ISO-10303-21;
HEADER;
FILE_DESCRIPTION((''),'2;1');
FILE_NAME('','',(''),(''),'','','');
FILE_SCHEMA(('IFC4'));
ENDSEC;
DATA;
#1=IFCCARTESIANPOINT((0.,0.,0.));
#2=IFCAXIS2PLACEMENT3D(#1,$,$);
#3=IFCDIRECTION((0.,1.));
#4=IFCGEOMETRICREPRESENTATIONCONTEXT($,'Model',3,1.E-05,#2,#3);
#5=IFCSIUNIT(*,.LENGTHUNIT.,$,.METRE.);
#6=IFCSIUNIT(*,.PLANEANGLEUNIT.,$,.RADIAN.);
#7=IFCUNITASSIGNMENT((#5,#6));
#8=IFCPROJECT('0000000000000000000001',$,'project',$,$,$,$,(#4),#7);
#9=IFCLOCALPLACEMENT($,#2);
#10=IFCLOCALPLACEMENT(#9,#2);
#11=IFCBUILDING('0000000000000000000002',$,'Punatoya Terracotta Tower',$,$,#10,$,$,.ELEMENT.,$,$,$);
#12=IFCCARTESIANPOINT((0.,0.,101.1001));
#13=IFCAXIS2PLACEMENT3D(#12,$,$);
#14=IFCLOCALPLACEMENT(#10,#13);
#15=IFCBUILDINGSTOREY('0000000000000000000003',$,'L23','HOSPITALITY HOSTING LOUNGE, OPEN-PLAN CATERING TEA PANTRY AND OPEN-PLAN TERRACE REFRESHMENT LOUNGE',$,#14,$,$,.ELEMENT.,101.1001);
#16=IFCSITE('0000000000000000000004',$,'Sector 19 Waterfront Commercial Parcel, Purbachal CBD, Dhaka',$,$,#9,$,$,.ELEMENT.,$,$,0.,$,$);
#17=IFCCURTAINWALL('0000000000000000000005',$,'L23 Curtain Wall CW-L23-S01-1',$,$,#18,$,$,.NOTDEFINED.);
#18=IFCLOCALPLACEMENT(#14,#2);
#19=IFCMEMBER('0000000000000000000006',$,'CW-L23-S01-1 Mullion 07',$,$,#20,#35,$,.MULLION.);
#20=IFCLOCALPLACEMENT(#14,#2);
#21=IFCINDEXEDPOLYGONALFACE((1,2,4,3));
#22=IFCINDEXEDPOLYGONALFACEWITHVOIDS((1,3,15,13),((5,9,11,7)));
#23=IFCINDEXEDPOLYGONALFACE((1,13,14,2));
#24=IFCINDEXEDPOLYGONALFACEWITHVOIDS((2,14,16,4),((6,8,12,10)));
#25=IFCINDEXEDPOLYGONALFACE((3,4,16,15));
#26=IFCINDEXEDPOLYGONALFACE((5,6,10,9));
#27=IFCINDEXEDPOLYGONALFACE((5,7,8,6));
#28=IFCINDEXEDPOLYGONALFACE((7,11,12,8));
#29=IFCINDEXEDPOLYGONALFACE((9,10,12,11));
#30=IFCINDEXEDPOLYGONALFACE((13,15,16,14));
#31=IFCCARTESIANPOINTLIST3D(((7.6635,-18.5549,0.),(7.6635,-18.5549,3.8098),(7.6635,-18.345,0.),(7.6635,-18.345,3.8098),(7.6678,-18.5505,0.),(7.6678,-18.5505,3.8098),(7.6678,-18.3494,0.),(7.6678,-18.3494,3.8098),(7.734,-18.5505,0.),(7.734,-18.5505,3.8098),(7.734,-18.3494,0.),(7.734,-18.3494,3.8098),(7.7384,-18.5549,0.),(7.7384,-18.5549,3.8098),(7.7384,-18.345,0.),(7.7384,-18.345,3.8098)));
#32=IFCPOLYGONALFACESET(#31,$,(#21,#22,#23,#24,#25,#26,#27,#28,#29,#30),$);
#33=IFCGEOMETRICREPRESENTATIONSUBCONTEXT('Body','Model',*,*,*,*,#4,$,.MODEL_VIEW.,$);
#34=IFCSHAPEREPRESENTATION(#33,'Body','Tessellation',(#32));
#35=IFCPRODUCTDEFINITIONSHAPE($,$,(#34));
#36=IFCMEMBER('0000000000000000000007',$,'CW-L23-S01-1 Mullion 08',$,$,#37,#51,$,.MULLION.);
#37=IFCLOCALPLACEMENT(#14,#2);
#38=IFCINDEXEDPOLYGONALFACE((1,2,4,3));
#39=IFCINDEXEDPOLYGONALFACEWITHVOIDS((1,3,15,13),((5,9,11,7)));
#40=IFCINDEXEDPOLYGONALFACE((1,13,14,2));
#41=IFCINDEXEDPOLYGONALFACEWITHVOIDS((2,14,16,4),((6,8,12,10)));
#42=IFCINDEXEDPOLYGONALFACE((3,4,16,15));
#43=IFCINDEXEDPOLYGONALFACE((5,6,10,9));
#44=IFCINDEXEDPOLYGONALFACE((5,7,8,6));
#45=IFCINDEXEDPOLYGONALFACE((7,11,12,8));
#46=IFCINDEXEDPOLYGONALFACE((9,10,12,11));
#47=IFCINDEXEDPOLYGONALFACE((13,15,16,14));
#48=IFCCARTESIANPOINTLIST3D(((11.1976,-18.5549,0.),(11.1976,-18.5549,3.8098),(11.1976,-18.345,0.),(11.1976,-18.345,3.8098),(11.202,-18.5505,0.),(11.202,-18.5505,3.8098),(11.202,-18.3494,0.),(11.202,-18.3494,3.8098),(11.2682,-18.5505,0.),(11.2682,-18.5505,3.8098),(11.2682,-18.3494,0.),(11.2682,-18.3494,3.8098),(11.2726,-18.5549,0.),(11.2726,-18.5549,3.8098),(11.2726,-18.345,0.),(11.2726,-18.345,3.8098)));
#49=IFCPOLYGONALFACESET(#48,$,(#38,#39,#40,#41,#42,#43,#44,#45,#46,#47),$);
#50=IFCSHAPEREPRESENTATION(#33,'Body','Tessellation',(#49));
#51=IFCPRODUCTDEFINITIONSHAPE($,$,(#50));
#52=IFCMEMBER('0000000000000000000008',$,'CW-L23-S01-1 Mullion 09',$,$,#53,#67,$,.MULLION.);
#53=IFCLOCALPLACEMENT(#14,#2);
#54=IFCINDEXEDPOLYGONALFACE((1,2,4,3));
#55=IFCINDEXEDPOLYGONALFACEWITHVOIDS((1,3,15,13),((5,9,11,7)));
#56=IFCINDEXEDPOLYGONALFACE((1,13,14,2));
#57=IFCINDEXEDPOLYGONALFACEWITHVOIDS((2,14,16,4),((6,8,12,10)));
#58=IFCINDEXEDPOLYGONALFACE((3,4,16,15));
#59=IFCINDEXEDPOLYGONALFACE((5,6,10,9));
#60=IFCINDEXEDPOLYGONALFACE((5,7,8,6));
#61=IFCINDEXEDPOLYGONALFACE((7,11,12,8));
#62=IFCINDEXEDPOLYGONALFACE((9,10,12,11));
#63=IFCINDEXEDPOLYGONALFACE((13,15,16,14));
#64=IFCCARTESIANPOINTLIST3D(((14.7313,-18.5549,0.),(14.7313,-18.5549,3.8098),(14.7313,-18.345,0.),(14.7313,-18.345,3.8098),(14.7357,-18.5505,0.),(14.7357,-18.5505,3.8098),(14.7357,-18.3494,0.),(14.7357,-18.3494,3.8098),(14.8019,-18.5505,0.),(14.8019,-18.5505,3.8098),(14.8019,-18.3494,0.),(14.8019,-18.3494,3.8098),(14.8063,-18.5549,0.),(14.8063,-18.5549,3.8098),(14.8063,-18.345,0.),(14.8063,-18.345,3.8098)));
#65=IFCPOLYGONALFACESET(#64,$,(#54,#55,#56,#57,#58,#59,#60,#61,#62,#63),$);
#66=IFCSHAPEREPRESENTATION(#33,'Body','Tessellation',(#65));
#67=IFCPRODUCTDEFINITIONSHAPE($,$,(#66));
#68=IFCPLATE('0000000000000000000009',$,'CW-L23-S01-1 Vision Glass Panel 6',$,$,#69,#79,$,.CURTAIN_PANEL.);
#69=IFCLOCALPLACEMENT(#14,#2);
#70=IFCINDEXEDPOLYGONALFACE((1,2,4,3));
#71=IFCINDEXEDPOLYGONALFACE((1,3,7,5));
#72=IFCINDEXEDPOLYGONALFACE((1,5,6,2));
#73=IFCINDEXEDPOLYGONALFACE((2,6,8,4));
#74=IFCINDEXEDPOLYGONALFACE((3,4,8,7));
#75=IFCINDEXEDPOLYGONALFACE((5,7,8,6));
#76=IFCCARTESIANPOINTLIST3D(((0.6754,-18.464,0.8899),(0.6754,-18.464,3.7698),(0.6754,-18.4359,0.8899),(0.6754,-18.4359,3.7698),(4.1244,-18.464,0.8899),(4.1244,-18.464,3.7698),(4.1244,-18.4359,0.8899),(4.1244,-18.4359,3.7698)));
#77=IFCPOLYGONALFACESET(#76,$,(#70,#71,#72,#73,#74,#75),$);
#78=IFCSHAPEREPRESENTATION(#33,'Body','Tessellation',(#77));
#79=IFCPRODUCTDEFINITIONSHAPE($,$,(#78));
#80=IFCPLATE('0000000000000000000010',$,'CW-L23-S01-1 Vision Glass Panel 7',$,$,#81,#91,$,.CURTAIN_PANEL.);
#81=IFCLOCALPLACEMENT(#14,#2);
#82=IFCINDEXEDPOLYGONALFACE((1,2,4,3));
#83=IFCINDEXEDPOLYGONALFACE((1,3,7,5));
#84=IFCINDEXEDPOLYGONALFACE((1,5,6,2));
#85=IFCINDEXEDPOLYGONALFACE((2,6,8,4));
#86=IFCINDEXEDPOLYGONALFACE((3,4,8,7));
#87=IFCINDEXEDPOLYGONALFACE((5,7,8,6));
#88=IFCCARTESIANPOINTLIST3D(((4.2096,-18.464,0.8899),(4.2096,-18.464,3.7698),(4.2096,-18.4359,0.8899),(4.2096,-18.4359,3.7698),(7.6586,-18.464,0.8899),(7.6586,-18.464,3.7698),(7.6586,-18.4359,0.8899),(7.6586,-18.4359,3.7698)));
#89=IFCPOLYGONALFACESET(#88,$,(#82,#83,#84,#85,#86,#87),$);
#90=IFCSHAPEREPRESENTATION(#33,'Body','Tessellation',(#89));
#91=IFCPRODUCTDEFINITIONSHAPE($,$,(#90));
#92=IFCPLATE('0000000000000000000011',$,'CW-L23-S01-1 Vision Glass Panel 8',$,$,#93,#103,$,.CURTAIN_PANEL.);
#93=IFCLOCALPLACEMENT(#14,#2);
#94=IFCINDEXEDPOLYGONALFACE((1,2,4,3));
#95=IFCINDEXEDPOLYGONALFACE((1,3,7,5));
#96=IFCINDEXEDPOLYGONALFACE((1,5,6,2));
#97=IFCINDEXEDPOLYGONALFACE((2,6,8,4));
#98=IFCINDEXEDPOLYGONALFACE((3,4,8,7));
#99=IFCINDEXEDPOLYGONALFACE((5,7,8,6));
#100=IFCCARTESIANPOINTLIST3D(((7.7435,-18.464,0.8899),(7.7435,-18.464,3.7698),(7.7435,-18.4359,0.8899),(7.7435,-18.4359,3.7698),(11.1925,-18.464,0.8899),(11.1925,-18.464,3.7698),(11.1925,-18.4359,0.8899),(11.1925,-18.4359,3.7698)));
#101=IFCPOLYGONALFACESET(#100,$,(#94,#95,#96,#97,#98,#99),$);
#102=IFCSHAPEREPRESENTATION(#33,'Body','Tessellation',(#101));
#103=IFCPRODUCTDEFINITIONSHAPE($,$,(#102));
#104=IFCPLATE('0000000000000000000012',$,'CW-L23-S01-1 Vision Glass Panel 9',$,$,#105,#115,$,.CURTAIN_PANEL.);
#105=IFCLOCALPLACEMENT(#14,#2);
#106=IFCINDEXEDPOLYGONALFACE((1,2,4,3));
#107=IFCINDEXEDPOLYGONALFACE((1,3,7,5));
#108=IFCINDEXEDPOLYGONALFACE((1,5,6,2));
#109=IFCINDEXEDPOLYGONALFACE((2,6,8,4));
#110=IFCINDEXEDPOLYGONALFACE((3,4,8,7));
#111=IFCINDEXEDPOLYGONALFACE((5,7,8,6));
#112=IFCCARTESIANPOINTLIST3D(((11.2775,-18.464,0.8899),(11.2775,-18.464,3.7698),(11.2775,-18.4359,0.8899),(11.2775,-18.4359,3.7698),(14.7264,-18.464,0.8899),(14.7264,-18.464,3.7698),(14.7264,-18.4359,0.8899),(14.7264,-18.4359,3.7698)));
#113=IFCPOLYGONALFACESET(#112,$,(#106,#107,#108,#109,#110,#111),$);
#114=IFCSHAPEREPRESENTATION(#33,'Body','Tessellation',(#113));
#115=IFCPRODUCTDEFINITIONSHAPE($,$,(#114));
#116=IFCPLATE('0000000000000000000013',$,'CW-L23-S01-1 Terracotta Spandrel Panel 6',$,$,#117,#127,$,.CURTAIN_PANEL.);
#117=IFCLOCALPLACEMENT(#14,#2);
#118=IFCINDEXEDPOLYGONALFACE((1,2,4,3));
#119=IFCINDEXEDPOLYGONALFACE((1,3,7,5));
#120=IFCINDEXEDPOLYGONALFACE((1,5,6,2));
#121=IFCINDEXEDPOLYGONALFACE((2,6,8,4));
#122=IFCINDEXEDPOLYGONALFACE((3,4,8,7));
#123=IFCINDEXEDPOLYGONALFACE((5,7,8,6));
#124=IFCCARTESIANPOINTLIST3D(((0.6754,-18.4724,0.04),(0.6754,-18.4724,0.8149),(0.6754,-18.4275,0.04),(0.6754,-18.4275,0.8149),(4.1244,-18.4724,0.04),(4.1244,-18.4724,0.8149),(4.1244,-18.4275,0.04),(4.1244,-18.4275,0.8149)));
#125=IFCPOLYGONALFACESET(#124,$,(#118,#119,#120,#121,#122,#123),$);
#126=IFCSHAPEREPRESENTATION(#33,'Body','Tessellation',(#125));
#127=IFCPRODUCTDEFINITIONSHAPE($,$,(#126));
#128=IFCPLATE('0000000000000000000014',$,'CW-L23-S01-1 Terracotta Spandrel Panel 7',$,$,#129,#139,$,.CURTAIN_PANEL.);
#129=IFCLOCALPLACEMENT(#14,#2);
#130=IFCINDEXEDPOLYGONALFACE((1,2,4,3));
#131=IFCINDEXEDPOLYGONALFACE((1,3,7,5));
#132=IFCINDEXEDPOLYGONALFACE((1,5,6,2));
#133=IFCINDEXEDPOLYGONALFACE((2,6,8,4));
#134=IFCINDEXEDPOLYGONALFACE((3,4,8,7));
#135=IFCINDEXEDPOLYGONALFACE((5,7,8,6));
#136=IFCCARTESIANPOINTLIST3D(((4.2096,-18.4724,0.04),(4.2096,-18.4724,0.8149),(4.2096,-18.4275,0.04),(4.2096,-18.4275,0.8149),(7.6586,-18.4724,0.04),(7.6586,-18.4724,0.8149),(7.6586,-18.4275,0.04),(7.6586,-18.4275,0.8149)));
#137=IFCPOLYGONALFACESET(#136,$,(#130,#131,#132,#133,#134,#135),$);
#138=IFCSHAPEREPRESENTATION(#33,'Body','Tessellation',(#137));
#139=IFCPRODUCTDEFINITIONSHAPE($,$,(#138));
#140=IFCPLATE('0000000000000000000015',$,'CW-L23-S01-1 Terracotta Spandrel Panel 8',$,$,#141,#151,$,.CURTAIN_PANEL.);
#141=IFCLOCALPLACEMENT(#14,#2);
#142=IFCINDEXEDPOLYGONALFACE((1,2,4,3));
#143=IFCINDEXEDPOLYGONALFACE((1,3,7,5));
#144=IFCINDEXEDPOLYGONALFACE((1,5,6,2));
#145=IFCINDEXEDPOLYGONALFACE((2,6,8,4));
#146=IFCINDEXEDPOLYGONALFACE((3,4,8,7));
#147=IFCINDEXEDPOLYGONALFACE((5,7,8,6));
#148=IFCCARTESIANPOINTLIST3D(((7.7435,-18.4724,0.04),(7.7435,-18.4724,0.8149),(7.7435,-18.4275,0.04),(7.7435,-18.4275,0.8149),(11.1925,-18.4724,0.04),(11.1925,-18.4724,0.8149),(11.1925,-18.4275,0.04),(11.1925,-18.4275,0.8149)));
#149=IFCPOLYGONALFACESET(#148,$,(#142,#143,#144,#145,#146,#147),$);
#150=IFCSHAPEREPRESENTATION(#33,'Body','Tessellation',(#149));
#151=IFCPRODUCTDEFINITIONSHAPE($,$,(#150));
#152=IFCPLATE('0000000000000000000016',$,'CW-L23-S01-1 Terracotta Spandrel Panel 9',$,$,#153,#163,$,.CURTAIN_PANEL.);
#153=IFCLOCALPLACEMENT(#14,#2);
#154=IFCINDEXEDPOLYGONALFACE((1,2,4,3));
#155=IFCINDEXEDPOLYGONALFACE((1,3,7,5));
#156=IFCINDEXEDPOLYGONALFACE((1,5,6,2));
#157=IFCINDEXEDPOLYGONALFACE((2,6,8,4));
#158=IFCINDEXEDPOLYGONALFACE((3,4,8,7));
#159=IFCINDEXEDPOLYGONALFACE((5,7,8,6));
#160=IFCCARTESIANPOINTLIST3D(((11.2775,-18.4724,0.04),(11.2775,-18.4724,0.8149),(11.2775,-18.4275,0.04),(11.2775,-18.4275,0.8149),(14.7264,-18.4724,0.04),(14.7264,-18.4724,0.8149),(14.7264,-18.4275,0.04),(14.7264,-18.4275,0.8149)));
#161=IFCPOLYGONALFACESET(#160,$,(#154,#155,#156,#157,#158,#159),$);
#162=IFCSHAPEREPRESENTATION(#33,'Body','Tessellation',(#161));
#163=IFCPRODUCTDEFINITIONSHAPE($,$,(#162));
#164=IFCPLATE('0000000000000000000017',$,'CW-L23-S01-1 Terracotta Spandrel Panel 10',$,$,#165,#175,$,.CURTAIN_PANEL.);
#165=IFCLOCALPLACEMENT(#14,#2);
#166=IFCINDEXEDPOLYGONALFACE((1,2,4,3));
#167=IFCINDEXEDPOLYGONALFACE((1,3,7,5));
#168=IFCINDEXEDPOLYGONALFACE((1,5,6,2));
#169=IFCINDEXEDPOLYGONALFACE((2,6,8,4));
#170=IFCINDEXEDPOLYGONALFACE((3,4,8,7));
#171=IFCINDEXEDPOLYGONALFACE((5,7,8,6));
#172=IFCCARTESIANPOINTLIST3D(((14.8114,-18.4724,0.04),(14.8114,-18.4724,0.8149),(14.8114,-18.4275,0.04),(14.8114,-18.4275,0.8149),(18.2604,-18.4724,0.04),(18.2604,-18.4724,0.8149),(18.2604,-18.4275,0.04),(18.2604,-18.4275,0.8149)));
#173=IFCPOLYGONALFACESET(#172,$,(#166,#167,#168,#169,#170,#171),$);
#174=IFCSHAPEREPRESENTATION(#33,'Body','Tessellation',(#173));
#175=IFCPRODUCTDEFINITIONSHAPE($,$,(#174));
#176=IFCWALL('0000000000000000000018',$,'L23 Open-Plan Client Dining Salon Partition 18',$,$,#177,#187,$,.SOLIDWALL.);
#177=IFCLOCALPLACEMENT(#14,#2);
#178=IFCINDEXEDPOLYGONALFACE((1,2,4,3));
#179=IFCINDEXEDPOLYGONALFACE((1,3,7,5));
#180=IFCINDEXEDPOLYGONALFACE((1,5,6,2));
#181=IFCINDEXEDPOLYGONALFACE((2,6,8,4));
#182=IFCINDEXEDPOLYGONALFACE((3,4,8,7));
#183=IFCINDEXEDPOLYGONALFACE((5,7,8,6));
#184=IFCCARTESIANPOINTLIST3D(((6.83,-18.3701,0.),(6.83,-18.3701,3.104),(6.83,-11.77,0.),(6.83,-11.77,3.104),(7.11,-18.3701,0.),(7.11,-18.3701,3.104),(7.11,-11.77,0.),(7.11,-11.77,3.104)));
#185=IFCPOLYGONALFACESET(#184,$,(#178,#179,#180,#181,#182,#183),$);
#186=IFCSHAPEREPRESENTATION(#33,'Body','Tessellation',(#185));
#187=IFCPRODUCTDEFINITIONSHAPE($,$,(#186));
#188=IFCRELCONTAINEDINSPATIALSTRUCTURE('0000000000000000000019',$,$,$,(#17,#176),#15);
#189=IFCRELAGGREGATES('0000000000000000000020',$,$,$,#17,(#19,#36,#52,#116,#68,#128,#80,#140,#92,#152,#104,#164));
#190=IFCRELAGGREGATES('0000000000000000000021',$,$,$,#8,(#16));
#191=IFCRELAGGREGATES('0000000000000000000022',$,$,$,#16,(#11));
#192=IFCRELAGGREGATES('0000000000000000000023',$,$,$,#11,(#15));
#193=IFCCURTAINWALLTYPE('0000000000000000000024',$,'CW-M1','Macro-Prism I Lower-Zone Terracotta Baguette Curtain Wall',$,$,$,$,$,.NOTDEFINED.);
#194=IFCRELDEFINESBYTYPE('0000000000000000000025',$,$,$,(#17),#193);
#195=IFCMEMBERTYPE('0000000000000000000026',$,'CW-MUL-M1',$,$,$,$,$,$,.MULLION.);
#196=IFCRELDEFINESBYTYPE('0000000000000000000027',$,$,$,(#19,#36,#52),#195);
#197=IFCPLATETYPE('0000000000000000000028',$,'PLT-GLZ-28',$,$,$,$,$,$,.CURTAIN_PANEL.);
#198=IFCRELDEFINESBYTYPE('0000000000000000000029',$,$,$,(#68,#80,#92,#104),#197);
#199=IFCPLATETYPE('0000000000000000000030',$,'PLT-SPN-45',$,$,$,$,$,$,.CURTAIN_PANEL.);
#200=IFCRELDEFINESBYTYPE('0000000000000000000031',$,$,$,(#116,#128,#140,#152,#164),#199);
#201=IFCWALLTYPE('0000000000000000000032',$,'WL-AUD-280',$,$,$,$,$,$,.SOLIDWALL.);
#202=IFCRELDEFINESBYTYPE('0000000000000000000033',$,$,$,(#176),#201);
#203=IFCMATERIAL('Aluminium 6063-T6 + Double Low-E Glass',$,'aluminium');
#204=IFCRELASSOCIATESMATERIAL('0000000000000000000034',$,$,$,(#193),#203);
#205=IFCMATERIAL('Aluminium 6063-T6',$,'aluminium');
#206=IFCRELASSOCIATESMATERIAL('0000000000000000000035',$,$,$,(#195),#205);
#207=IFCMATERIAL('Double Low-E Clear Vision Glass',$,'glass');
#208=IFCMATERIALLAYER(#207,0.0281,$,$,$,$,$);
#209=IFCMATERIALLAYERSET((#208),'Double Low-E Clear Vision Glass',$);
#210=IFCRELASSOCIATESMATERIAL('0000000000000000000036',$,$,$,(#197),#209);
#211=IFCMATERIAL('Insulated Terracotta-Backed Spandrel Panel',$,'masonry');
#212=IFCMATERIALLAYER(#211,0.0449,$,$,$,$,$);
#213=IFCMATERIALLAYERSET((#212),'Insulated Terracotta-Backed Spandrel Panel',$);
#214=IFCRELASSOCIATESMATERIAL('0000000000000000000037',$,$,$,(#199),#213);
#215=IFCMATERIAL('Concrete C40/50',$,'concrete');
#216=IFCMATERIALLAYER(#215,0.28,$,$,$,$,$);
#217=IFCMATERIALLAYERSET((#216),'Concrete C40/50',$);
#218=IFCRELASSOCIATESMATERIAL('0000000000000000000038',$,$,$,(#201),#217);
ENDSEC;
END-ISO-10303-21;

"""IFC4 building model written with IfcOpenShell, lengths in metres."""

from ifc_helpers import new_model, si_unit, direction, frame, frame_2d, origin, origin_2d, place, context, subcontext, project, spatial, rectangle, hollow_rectangle, extrude, material, layer, layer_set, material_profile, profile_set, type_object, element, aggregate, save


model = new_model("IFC4")

# Units and contexts
model_context = context("Model", 3, precision=1e-05, world=origin(), true_north=direction((0.0, 1.0)))
body_context = subcontext(model_context, "Body", "Model", "MODEL_VIEW")
ifc_project = project(units=[si_unit("LENGTHUNIT", "METRE"), si_unit("PLANEANGLEUNIT", "RADIAN")], contexts=[model_context])

# Site, building, storey
site_placement = place(None, origin())
site = spatial("IfcSite", under=ifc_project, at=site_placement, Name="Sector 19 Waterfront Commercial Parcel, Purbachal CBD, Dhaka", CompositionType="ELEMENT", RefElevation=0.0)
building_placement = place(site_placement, origin())
building = spatial("IfcBuilding", under=site, at=building_placement, Name="Punatoya Terracotta Tower", CompositionType="ELEMENT")
storey_placement = place(building_placement, frame((0.0, 0.0, 101.1001)))
storey = spatial("IfcBuildingStorey", under=building, at=storey_placement, Name="L23", Description="HOSPITALITY HOSTING LOUNGE, OPEN-PLAN CATERING TEA PANTRY AND OPEN-PLAN TERRACE REFRESHMENT LOUNGE", CompositionType="ELEMENT", Elevation=101.1001)

# Curtain wall, members, plates
ifc_material_1 = material(Name="Aluminium 6063-T6 + Double Low-E Glass", Category="aluminium")
curtain_wall_type = type_object("IfcCurtainWallType", Name="CW-M1", Description="Macro-Prism I Lower-Zone Terracotta Baguette Curtain Wall", PredefinedType="NOTDEFINED", material=ifc_material_1)
curtain_wall_placement = place(storey_placement, origin())
curtain_wall = element("IfcCurtainWall", 1, at=curtain_wall_placement, inside=storey, type_object=curtain_wall_type, Name="L23 Curtain Wall CW-L23-S01-1", PredefinedType="NOTDEFINED")
ifc_material_2 = material(Name="Aluminium 6063-T6", Category="aluminium")
ifc_material_profile_1 = material_profile(ifc_material_2, hollow_rectangle(XDim=0.075, YDim=0.21, WallThickness=0.0044, at=origin_2d()))
ifc_profile_set_1 = profile_set([ifc_material_profile_1], Name="Aluminium 6063-T6")
member_type = type_object("IfcMemberType", Name="CW-MUL-M1", PredefinedType="MULLION", material=ifc_profile_set_1)
member_1_placement = place(storey_placement, frame((7.7009, -18.45, 0.0), z_axis=(0.0, 0.0, 1.0), x_axis=(1.0, 0.0, 0.0)))
member_1 = element("IfcMember", 2, at=member_1_placement, type_object=member_type, Name="CW-L23-S01-1 Mullion 07", PredefinedType="MULLION", context=body_context, shape_type="SweptSolid", body=[
    extrude(hollow_rectangle(XDim=0.075, YDim=0.21, WallThickness=0.0044, at=origin_2d()), origin(), (0.0, 0.0, 1.0), 3.8098),
])
member_2_placement = place(storey_placement, frame((11.2351, -18.45, 0.0), z_axis=(0.0, 0.0, 1.0), x_axis=(1.0, 0.0, 0.0)))
member_2 = element("IfcMember", 3, at=member_2_placement, type_object=member_type, Name="CW-L23-S01-1 Mullion 08", PredefinedType="MULLION", context=body_context, shape_type="SweptSolid", body=[
    extrude(hollow_rectangle(XDim=0.075, YDim=0.21, WallThickness=0.0044, at=origin_2d()), origin(), (0.0, 0.0, 1.0), 3.8098),
])
member_3_placement = place(storey_placement, frame((14.7688, -18.45, 0.0), z_axis=(0.0, 0.0, 1.0), x_axis=(1.0, 0.0, 0.0)))
member_3 = element("IfcMember", 4, at=member_3_placement, type_object=member_type, Name="CW-L23-S01-1 Mullion 09", PredefinedType="MULLION", context=body_context, shape_type="SweptSolid", body=[
    extrude(hollow_rectangle(XDim=0.075, YDim=0.21, WallThickness=0.0044, at=origin_2d()), origin(), (0.0, 0.0, 1.0), 3.8098),
])
ifc_material_3 = material(Name="Double Low-E Clear Vision Glass", Category="glass")
ifc_layer_1 = layer(ifc_material_3, 0.0281)
ifc_layer_set_1 = layer_set([ifc_layer_1], Name="Double Low-E Clear Vision Glass")
plate_type_1 = type_object("IfcPlateType", Name="PLT-GLZ-28", PredefinedType="CURTAIN_PANEL", material=ifc_layer_set_1)
plate_1_placement = place(storey_placement, frame((2.3999, -18.45, 0.8899), z_axis=(0.0, 0.0, 1.0), x_axis=(1.0, 0.0, 0.0)))
plate_1 = element("IfcPlate", 5, at=plate_1_placement, type_object=plate_type_1, Name="CW-L23-S01-1 Vision Glass Panel 6", PredefinedType="CURTAIN_PANEL", context=body_context, shape_type="SweptSolid", body=[
    extrude(rectangle(XDim=3.449, YDim=0.0281, at=origin_2d()), origin(), (0.0, 0.0, 1.0), 2.8799),
])
plate_2_placement = place(storey_placement, frame((5.9341, -18.45, 0.8899), z_axis=(0.0, 0.0, 1.0), x_axis=(1.0, 0.0, 0.0)))
plate_2 = element("IfcPlate", 6, at=plate_2_placement, type_object=plate_type_1, Name="CW-L23-S01-1 Vision Glass Panel 7", PredefinedType="CURTAIN_PANEL", context=body_context, shape_type="SweptSolid", body=[
    extrude(rectangle(XDim=3.449, YDim=0.0281, at=origin_2d()), origin(), (0.0, 0.0, 1.0), 2.8799),
])
plate_3_placement = place(storey_placement, frame((9.468, -18.45, 0.8899), z_axis=(0.0, 0.0, 1.0), x_axis=(1.0, 0.0, 0.0)))
plate_3 = element("IfcPlate", 7, at=plate_3_placement, type_object=plate_type_1, Name="CW-L23-S01-1 Vision Glass Panel 8", PredefinedType="CURTAIN_PANEL", context=body_context, shape_type="SweptSolid", body=[
    extrude(rectangle(XDim=3.449, YDim=0.0281, at=origin_2d()), origin(), (0.0, 0.0, 1.0), 2.8799),
])
plate_4_placement = place(storey_placement, frame((13.002, -18.45, 0.8899), z_axis=(0.0, 0.0, 1.0), x_axis=(1.0, 0.0, 0.0)))
plate_4 = element("IfcPlate", 8, at=plate_4_placement, type_object=plate_type_1, Name="CW-L23-S01-1 Vision Glass Panel 9", PredefinedType="CURTAIN_PANEL", context=body_context, shape_type="SweptSolid", body=[
    extrude(rectangle(XDim=3.449, YDim=0.0281, at=origin_2d()), origin(), (0.0, 0.0, 1.0), 2.8799),
])
ifc_material_4 = material(Name="Insulated Terracotta-Backed Spandrel Panel", Category="masonry")
ifc_layer_2 = layer(ifc_material_4, 0.0449)
ifc_layer_set_2 = layer_set([ifc_layer_2], Name="Insulated Terracotta-Backed Spandrel Panel")
plate_type_2 = type_object("IfcPlateType", Name="PLT-SPN-45", PredefinedType="CURTAIN_PANEL", material=ifc_layer_set_2)
plate_5_placement = place(storey_placement, frame((2.3999, -18.45, 0.04), z_axis=(0.0, 0.0, 1.0), x_axis=(1.0, 0.0, 0.0)))
plate_5 = element("IfcPlate", 9, at=plate_5_placement, type_object=plate_type_2, Name="CW-L23-S01-1 Terracotta Spandrel Panel 6", PredefinedType="CURTAIN_PANEL", context=body_context, shape_type="SweptSolid", body=[
    extrude(rectangle(XDim=3.449, YDim=0.0449, at=origin_2d()), origin(), (0.0, 0.0, 1.0), 0.7749),
])
plate_6_placement = place(storey_placement, frame((5.9341, -18.45, 0.04), z_axis=(0.0, 0.0, 1.0), x_axis=(1.0, 0.0, 0.0)))
plate_6 = element("IfcPlate", 10, at=plate_6_placement, type_object=plate_type_2, Name="CW-L23-S01-1 Terracotta Spandrel Panel 7", PredefinedType="CURTAIN_PANEL", context=body_context, shape_type="SweptSolid", body=[
    extrude(rectangle(XDim=3.449, YDim=0.0449, at=origin_2d()), origin(), (0.0, 0.0, 1.0), 0.7749),
])
plate_7_placement = place(storey_placement, frame((9.468, -18.45, 0.04), z_axis=(0.0, 0.0, 1.0), x_axis=(1.0, 0.0, 0.0)))
plate_7 = element("IfcPlate", 11, at=plate_7_placement, type_object=plate_type_2, Name="CW-L23-S01-1 Terracotta Spandrel Panel 8", PredefinedType="CURTAIN_PANEL", context=body_context, shape_type="SweptSolid", body=[
    extrude(rectangle(XDim=3.449, YDim=0.0449, at=origin_2d()), origin(), (0.0, 0.0, 1.0), 0.7749),
])
plate_8_placement = place(storey_placement, frame((13.002, -18.45, 0.04), z_axis=(0.0, 0.0, 1.0), x_axis=(1.0, 0.0, 0.0)))
plate_8 = element("IfcPlate", 12, at=plate_8_placement, type_object=plate_type_2, Name="CW-L23-S01-1 Terracotta Spandrel Panel 9", PredefinedType="CURTAIN_PANEL", context=body_context, shape_type="SweptSolid", body=[
    extrude(rectangle(XDim=3.449, YDim=0.0449, at=origin_2d()), origin(), (0.0, 0.0, 1.0), 0.7749),
])
plate_9_placement = place(storey_placement, frame((16.5359, -18.45, 0.04), z_axis=(0.0, 0.0, 1.0), x_axis=(1.0, 0.0, 0.0)))
plate_9 = element("IfcPlate", 13, at=plate_9_placement, type_object=plate_type_2, Name="CW-L23-S01-1 Terracotta Spandrel Panel 10", PredefinedType="CURTAIN_PANEL", context=body_context, shape_type="SweptSolid", body=[
    extrude(rectangle(XDim=3.449, YDim=0.0449, at=origin_2d()), origin(), (0.0, 0.0, 1.0), 0.7749),
])
aggregate(curtain_wall, [member_1, member_2, member_3, plate_5, plate_1, plate_6, plate_2, plate_7, plate_3, plate_8, plate_4, plate_9])

# Wall
ifc_material_5 = material(Name="Concrete C40/50", Category="concrete")
ifc_layer_3 = layer(ifc_material_5, 0.28)
ifc_layer_set_3 = layer_set([ifc_layer_3], Name="Concrete C40/50")
wall_type_1 = type_object("IfcWallType", Name="WL-AUD-280", PredefinedType="SOLIDWALL", material=ifc_layer_set_3)
wall_1_placement = place(storey_placement, frame((6.97, -11.77, 0.0), z_axis=(0.0, 0.0, 1.0), x_axis=(0.0, -1.0, 0.0)))
element("IfcWall", 14, at=wall_1_placement, inside=storey, type_object=wall_type_1, Name="L23 Open-Plan Client Dining Salon Partition 18", PredefinedType="SOLIDWALL", context=body_context, shape_type="SweptSolid", body=[
    extrude(rectangle(XDim=6.6001, YDim=0.28, at=frame_2d((3.3, 0.0))), origin(), (0.0, 0.0, 1.0), 3.104),
])

save(model, "model.ifc")
